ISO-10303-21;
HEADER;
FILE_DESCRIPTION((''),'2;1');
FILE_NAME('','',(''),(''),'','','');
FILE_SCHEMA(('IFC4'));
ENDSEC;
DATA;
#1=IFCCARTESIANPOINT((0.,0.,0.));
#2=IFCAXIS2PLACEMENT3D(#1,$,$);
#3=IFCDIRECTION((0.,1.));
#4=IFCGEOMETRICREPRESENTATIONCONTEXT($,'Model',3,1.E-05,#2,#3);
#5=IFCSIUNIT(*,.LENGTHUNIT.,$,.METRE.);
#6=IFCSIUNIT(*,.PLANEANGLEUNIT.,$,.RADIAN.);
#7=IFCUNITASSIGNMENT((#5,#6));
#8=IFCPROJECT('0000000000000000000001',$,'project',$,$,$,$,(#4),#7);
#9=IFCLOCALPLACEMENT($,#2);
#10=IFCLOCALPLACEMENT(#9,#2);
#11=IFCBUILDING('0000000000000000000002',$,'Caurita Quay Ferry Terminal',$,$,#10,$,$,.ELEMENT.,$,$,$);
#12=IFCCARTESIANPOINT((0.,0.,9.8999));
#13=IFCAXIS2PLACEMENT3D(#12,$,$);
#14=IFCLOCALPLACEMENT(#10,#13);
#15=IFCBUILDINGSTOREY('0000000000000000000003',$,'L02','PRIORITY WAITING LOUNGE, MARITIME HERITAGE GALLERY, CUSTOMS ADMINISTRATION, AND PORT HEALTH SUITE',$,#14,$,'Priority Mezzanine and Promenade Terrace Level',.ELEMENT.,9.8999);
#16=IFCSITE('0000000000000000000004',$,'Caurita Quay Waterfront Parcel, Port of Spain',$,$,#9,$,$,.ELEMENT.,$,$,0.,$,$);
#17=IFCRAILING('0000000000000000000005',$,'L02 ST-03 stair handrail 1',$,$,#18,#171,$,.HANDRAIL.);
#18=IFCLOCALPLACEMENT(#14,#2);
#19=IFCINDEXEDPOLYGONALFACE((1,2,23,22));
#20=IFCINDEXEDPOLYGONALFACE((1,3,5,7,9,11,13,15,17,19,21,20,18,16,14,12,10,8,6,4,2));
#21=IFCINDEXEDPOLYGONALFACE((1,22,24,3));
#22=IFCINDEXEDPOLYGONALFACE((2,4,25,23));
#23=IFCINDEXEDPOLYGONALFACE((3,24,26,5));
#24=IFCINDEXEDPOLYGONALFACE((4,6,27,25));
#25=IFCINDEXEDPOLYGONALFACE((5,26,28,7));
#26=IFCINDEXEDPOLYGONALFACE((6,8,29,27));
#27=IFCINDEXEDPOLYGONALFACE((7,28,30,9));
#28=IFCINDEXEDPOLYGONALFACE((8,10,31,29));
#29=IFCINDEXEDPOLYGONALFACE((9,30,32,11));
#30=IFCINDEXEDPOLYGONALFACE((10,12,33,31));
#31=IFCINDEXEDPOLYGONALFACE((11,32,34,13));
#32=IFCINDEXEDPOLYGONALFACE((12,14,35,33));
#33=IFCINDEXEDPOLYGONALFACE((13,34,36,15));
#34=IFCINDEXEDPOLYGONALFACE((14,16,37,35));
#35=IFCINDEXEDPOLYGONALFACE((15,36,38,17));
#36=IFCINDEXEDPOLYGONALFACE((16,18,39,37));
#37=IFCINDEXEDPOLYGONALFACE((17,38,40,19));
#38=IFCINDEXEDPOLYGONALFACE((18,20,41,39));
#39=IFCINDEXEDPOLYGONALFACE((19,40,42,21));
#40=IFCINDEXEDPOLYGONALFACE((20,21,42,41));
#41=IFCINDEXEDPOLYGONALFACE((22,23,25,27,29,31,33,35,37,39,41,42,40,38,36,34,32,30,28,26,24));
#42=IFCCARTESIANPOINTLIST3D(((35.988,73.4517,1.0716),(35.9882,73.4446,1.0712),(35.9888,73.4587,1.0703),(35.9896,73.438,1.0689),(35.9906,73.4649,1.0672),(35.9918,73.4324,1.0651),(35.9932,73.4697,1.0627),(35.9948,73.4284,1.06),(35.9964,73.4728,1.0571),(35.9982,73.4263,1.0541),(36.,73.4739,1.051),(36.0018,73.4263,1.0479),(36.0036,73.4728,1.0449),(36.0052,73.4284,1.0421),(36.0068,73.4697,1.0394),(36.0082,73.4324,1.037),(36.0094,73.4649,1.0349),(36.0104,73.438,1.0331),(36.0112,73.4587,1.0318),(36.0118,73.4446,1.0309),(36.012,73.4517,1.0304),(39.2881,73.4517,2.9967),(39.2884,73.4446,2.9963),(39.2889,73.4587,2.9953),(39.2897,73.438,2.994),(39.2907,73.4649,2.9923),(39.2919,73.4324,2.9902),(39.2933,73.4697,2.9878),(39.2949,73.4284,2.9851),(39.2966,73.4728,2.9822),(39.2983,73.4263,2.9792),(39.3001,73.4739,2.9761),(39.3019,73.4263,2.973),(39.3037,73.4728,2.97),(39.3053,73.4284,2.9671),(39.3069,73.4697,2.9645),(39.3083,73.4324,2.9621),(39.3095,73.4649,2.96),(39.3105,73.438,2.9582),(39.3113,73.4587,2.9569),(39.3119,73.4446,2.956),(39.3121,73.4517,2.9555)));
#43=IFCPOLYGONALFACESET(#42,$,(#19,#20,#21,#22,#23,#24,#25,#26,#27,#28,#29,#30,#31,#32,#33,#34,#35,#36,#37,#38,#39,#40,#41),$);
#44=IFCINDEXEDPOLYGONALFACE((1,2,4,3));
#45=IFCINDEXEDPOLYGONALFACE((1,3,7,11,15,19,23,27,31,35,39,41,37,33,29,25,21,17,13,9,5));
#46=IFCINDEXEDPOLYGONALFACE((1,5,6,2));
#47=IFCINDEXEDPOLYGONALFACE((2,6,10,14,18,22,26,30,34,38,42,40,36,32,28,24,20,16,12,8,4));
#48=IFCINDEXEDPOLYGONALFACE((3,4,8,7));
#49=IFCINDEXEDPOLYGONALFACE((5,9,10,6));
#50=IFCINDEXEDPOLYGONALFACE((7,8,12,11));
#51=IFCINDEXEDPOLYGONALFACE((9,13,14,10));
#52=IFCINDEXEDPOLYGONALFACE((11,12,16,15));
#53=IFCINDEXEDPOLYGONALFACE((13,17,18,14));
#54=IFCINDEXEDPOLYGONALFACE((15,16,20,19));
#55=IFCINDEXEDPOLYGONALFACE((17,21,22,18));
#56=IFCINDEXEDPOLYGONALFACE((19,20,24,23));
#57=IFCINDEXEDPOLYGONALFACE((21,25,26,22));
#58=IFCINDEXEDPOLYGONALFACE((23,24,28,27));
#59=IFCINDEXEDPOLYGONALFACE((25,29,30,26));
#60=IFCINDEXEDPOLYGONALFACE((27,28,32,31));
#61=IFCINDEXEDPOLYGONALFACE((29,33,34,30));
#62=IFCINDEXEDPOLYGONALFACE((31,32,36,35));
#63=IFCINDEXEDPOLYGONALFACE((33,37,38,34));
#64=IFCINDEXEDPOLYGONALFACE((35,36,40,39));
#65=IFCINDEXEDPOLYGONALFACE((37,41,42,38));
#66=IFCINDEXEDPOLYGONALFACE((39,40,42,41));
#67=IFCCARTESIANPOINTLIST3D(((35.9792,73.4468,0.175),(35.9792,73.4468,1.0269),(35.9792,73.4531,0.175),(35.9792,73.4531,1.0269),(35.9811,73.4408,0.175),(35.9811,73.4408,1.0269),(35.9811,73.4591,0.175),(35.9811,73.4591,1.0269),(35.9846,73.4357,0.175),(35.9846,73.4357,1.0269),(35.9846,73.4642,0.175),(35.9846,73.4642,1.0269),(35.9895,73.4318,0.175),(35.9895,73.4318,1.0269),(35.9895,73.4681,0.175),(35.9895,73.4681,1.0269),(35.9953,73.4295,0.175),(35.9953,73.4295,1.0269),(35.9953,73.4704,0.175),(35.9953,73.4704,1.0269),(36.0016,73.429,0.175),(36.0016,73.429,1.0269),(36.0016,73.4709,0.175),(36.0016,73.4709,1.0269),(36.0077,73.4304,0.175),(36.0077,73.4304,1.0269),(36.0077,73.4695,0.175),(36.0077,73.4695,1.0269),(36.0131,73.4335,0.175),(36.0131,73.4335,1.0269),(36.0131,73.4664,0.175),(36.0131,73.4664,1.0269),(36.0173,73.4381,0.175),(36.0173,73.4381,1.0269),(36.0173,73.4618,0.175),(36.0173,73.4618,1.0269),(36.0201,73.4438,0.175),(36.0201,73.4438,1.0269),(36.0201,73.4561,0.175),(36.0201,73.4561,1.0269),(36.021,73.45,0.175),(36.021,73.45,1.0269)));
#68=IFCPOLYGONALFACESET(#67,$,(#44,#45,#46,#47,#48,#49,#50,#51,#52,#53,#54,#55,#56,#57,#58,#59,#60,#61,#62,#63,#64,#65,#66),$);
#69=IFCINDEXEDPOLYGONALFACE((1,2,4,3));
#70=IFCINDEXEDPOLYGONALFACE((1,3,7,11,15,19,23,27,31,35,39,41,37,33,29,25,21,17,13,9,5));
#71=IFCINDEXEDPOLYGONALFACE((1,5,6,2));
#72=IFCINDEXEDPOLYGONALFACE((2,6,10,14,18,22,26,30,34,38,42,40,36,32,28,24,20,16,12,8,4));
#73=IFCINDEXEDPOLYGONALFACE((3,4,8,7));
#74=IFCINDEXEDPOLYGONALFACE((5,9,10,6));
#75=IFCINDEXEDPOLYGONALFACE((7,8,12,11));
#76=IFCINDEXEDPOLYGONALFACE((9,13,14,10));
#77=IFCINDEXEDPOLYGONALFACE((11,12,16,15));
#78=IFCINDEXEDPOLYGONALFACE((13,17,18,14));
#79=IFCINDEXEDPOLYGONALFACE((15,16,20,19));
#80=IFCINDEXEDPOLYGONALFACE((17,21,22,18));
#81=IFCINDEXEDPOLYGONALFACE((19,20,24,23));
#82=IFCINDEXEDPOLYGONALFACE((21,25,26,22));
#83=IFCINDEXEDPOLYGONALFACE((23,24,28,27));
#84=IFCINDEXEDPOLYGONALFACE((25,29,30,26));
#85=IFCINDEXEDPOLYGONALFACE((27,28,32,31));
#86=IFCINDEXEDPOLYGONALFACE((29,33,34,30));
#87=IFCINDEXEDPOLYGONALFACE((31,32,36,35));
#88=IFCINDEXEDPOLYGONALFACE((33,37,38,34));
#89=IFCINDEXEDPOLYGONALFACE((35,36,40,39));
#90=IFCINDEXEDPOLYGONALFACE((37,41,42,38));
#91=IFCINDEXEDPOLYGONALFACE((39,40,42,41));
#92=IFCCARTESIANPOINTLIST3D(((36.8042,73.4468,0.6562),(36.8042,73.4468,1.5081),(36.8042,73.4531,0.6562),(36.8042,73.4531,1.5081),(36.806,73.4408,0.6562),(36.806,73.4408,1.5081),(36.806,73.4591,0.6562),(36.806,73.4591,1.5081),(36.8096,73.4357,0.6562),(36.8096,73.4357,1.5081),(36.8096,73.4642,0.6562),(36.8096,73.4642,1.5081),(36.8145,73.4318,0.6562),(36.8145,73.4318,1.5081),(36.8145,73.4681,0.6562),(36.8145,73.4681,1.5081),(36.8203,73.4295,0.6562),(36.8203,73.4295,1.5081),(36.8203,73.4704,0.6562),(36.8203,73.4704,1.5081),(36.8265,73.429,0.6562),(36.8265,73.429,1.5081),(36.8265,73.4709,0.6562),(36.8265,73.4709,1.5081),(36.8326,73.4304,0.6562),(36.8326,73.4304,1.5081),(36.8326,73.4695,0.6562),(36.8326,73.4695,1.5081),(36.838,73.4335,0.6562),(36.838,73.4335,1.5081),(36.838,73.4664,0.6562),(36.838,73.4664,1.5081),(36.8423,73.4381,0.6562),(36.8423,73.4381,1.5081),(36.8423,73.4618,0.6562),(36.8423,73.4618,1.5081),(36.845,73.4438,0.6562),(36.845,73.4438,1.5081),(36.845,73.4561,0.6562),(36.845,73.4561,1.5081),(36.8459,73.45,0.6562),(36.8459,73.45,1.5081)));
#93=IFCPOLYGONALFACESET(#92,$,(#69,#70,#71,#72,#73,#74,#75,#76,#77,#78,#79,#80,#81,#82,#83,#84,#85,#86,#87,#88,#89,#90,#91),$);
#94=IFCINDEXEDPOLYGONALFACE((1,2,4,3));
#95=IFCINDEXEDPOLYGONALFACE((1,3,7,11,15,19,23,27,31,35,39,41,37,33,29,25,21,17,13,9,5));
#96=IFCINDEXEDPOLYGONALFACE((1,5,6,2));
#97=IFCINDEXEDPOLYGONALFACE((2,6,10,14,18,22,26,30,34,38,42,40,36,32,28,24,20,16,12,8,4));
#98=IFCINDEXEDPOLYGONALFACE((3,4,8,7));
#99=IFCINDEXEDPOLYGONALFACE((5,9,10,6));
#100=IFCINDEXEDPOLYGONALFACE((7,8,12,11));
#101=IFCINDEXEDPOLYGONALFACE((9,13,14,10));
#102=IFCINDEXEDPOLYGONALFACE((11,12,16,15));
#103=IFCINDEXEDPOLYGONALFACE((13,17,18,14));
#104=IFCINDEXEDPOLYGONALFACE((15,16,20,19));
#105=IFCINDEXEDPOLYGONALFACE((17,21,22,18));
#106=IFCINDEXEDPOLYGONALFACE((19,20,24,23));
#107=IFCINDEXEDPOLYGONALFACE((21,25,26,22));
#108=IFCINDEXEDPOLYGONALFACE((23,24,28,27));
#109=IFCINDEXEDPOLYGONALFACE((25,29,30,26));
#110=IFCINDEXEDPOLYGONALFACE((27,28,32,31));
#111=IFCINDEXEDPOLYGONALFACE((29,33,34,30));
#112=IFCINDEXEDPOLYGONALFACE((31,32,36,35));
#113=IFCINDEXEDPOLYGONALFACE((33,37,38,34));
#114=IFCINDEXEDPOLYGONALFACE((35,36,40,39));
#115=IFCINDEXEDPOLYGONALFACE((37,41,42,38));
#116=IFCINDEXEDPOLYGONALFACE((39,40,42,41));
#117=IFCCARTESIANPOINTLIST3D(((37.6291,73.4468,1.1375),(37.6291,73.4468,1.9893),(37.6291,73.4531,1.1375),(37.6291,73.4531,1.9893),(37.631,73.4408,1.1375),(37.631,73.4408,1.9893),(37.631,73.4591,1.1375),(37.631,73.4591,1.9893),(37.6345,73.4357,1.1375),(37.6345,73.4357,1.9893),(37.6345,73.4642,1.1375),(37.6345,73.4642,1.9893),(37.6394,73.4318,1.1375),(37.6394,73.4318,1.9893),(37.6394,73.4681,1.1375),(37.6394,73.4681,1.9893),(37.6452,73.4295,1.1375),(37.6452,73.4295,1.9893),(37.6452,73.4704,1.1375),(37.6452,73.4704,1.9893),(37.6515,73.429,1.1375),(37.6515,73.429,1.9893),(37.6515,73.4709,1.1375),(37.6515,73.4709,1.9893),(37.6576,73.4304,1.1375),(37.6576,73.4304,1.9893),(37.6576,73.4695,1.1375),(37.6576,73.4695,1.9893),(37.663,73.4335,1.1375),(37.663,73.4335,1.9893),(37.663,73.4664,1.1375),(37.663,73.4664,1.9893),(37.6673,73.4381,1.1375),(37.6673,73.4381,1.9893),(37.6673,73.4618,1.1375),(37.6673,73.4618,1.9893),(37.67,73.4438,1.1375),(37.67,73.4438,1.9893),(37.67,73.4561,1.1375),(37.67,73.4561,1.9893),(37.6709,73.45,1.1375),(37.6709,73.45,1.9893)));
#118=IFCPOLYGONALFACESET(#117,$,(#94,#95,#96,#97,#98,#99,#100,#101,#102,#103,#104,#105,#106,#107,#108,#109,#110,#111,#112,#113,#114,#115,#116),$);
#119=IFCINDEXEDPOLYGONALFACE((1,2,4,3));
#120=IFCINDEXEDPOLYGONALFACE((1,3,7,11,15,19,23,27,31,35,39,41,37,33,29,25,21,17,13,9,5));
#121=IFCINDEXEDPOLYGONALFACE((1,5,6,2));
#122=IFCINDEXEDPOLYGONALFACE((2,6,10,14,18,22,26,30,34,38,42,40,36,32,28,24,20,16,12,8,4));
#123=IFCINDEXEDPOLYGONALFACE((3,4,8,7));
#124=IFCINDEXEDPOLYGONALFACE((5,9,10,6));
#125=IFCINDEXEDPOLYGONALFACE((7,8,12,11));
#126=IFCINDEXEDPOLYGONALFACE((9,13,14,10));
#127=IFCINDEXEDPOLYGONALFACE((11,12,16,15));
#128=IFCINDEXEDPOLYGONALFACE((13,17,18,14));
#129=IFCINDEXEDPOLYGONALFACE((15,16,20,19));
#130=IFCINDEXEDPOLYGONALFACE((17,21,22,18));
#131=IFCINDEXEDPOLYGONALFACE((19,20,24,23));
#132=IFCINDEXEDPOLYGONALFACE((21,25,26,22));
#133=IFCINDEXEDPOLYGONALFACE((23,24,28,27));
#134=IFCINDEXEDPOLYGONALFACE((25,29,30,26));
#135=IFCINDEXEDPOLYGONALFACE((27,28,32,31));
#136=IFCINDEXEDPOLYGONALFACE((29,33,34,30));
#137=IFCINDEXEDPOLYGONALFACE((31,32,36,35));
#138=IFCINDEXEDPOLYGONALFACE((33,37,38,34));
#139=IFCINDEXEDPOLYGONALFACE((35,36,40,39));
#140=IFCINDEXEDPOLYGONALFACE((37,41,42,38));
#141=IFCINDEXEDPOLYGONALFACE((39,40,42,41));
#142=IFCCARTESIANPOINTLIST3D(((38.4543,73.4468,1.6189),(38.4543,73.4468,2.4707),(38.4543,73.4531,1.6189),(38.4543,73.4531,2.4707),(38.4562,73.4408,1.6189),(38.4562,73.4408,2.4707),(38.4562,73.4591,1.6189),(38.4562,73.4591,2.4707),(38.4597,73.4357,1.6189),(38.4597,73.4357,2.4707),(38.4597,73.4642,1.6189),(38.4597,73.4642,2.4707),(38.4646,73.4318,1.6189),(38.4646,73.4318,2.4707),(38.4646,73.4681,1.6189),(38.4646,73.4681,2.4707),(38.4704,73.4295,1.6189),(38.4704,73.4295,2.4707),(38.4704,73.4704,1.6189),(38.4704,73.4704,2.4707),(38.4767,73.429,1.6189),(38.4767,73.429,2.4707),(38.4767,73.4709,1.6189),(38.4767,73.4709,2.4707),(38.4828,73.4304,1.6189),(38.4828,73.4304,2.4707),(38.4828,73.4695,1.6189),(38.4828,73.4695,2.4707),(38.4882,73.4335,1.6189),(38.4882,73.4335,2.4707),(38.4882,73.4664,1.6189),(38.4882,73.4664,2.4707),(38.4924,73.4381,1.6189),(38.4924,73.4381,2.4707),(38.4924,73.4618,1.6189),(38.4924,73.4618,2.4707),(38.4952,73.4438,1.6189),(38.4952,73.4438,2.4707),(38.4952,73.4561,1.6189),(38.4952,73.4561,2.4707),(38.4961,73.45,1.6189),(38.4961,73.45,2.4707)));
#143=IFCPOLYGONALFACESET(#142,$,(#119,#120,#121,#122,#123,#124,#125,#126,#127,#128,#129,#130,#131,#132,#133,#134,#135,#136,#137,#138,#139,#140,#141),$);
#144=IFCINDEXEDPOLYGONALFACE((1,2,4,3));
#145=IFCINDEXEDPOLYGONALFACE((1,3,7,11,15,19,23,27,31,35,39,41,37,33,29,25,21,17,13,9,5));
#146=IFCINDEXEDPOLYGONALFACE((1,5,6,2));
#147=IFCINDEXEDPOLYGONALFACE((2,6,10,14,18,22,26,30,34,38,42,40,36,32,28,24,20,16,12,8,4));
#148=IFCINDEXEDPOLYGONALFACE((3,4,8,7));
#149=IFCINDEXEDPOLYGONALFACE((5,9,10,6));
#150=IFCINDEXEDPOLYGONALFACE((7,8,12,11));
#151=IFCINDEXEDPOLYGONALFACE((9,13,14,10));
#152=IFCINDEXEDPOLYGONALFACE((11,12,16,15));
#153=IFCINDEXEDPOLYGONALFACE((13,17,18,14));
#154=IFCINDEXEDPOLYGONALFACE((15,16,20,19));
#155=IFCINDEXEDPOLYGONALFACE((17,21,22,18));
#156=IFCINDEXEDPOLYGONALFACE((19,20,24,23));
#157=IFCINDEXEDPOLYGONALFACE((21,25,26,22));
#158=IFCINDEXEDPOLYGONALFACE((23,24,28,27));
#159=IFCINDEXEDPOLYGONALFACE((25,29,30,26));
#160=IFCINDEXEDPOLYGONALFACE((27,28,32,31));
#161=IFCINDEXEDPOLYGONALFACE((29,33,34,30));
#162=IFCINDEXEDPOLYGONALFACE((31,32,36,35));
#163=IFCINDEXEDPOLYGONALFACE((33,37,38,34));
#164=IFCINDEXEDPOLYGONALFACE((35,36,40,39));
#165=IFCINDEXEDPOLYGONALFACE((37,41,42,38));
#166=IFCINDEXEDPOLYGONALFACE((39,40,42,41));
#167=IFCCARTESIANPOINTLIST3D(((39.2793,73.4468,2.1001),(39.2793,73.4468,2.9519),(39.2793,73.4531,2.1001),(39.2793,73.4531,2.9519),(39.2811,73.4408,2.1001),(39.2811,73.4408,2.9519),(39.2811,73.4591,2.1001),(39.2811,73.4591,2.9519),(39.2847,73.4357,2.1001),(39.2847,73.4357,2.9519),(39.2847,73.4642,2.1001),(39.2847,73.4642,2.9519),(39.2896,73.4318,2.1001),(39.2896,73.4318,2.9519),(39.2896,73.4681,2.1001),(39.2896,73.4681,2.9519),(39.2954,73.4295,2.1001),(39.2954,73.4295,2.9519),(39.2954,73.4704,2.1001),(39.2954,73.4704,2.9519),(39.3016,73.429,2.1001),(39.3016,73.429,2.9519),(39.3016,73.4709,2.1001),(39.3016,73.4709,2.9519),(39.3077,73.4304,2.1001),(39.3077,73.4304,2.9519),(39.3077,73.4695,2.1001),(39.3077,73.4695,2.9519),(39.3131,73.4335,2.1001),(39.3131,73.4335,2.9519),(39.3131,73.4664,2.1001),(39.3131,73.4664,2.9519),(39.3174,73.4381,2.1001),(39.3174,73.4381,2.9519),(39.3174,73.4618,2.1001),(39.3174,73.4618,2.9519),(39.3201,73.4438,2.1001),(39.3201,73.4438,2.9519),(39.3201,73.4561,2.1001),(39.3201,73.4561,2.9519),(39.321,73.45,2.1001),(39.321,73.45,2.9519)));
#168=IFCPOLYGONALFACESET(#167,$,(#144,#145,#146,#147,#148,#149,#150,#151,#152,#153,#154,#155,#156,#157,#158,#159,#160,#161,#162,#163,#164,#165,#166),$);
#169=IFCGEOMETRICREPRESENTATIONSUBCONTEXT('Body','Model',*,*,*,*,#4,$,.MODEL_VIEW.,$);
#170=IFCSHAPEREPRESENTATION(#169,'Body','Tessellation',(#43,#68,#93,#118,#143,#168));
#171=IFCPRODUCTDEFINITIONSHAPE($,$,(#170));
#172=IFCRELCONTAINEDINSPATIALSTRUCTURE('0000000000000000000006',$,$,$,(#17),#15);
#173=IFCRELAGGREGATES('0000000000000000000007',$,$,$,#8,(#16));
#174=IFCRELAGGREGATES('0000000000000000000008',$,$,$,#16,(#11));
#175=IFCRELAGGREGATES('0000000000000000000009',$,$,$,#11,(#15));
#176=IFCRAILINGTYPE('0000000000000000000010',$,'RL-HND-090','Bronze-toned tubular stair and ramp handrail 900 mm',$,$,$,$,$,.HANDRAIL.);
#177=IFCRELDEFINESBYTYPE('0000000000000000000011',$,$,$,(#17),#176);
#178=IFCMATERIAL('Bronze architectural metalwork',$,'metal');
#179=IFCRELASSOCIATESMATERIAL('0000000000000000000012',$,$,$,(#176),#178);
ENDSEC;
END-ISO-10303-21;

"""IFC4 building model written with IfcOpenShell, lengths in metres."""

from ifc_helpers import new_model, si_unit, direction, frame, origin, origin_2d, place, context, subcontext, project, spatial, circle, extrude, material, type_object, element, save


model = new_model("IFC4")

# Units and contexts
model_context = context("Model", 3, precision=1e-05, world=origin(), true_north=direction((0.0, 1.0)))
body_context = subcontext(model_context, "Body", "Model", "MODEL_VIEW")
ifc_project = project(units=[si_unit("LENGTHUNIT", "METRE"), si_unit("PLANEANGLEUNIT", "RADIAN")], contexts=[model_context])

# Site, building, storey
site_placement = place(None, origin())
site = spatial("IfcSite", under=ifc_project, at=site_placement, Name="Caurita Quay Waterfront Parcel, Port of Spain", CompositionType="ELEMENT", RefElevation=0.0)
building_placement = place(site_placement, origin())
building = spatial("IfcBuilding", under=site, at=building_placement, Name="Caurita Quay Ferry Terminal", CompositionType="ELEMENT")
storey_placement = place(building_placement, frame((0.0, 0.0, 9.8999)))
storey = spatial("IfcBuildingStorey", under=building, at=storey_placement, Name="L02", Description="PRIORITY WAITING LOUNGE, MARITIME HERITAGE GALLERY, CUSTOMS ADMINISTRATION, AND PORT HEALTH SUITE", LongName="Priority Mezzanine and Promenade Terrace Level", CompositionType="ELEMENT", Elevation=9.8999)

# Railing
ifc_material_1 = material(Name="Bronze architectural metalwork", Category="metal")
railing_type_1 = type_object("IfcRailingType", Name="RL-HND-090", Description="Bronze-toned tubular stair and ramp handrail 900 mm", PredefinedType="HANDRAIL", material=ifc_material_1)
railing_1_placement = place(storey_placement, frame((36.0, 73.45, 0.175)))
element("IfcRailing", 1, at=railing_1_placement, inside=storey, type_object=railing_type_1, Name="L02 ST-03 stair handrail 1", PredefinedType="HANDRAIL", context=body_context, shape_type="SweptSolid", body=[
    extrude(circle(Radius=0.0239, at=origin_2d()), frame((0.0, 0.0, 0.876), z_axis=(0.863777, 0.0, 0.503875), x_axis=(0.0, 1.0, 0.0)), (0.0, 0.0, 1.0), 3.8206),
    extrude(circle(Radius=0.021, at=origin_2d()), origin(), (0.0, 0.0, 1.0), 0.8518),
    extrude(circle(Radius=0.021, at=origin_2d()), frame((0.825, 0.0, 0.4812)), (0.0, 0.0, 1.0), 0.8518),
    extrude(circle(Radius=0.021, at=origin_2d()), frame((1.6499, 0.0, 0.9624)), (0.0, 0.0, 1.0), 0.8518),
    extrude(circle(Radius=0.021, at=origin_2d()), frame((2.4751, 0.0, 1.4438)), (0.0, 0.0, 1.0), 0.8518),
    extrude(circle(Radius=0.021, at=origin_2d()), frame((3.3, 0.0, 1.925)), (0.0, 0.0, 1.0), 0.8518),
])

save(model, "model.ifc")
